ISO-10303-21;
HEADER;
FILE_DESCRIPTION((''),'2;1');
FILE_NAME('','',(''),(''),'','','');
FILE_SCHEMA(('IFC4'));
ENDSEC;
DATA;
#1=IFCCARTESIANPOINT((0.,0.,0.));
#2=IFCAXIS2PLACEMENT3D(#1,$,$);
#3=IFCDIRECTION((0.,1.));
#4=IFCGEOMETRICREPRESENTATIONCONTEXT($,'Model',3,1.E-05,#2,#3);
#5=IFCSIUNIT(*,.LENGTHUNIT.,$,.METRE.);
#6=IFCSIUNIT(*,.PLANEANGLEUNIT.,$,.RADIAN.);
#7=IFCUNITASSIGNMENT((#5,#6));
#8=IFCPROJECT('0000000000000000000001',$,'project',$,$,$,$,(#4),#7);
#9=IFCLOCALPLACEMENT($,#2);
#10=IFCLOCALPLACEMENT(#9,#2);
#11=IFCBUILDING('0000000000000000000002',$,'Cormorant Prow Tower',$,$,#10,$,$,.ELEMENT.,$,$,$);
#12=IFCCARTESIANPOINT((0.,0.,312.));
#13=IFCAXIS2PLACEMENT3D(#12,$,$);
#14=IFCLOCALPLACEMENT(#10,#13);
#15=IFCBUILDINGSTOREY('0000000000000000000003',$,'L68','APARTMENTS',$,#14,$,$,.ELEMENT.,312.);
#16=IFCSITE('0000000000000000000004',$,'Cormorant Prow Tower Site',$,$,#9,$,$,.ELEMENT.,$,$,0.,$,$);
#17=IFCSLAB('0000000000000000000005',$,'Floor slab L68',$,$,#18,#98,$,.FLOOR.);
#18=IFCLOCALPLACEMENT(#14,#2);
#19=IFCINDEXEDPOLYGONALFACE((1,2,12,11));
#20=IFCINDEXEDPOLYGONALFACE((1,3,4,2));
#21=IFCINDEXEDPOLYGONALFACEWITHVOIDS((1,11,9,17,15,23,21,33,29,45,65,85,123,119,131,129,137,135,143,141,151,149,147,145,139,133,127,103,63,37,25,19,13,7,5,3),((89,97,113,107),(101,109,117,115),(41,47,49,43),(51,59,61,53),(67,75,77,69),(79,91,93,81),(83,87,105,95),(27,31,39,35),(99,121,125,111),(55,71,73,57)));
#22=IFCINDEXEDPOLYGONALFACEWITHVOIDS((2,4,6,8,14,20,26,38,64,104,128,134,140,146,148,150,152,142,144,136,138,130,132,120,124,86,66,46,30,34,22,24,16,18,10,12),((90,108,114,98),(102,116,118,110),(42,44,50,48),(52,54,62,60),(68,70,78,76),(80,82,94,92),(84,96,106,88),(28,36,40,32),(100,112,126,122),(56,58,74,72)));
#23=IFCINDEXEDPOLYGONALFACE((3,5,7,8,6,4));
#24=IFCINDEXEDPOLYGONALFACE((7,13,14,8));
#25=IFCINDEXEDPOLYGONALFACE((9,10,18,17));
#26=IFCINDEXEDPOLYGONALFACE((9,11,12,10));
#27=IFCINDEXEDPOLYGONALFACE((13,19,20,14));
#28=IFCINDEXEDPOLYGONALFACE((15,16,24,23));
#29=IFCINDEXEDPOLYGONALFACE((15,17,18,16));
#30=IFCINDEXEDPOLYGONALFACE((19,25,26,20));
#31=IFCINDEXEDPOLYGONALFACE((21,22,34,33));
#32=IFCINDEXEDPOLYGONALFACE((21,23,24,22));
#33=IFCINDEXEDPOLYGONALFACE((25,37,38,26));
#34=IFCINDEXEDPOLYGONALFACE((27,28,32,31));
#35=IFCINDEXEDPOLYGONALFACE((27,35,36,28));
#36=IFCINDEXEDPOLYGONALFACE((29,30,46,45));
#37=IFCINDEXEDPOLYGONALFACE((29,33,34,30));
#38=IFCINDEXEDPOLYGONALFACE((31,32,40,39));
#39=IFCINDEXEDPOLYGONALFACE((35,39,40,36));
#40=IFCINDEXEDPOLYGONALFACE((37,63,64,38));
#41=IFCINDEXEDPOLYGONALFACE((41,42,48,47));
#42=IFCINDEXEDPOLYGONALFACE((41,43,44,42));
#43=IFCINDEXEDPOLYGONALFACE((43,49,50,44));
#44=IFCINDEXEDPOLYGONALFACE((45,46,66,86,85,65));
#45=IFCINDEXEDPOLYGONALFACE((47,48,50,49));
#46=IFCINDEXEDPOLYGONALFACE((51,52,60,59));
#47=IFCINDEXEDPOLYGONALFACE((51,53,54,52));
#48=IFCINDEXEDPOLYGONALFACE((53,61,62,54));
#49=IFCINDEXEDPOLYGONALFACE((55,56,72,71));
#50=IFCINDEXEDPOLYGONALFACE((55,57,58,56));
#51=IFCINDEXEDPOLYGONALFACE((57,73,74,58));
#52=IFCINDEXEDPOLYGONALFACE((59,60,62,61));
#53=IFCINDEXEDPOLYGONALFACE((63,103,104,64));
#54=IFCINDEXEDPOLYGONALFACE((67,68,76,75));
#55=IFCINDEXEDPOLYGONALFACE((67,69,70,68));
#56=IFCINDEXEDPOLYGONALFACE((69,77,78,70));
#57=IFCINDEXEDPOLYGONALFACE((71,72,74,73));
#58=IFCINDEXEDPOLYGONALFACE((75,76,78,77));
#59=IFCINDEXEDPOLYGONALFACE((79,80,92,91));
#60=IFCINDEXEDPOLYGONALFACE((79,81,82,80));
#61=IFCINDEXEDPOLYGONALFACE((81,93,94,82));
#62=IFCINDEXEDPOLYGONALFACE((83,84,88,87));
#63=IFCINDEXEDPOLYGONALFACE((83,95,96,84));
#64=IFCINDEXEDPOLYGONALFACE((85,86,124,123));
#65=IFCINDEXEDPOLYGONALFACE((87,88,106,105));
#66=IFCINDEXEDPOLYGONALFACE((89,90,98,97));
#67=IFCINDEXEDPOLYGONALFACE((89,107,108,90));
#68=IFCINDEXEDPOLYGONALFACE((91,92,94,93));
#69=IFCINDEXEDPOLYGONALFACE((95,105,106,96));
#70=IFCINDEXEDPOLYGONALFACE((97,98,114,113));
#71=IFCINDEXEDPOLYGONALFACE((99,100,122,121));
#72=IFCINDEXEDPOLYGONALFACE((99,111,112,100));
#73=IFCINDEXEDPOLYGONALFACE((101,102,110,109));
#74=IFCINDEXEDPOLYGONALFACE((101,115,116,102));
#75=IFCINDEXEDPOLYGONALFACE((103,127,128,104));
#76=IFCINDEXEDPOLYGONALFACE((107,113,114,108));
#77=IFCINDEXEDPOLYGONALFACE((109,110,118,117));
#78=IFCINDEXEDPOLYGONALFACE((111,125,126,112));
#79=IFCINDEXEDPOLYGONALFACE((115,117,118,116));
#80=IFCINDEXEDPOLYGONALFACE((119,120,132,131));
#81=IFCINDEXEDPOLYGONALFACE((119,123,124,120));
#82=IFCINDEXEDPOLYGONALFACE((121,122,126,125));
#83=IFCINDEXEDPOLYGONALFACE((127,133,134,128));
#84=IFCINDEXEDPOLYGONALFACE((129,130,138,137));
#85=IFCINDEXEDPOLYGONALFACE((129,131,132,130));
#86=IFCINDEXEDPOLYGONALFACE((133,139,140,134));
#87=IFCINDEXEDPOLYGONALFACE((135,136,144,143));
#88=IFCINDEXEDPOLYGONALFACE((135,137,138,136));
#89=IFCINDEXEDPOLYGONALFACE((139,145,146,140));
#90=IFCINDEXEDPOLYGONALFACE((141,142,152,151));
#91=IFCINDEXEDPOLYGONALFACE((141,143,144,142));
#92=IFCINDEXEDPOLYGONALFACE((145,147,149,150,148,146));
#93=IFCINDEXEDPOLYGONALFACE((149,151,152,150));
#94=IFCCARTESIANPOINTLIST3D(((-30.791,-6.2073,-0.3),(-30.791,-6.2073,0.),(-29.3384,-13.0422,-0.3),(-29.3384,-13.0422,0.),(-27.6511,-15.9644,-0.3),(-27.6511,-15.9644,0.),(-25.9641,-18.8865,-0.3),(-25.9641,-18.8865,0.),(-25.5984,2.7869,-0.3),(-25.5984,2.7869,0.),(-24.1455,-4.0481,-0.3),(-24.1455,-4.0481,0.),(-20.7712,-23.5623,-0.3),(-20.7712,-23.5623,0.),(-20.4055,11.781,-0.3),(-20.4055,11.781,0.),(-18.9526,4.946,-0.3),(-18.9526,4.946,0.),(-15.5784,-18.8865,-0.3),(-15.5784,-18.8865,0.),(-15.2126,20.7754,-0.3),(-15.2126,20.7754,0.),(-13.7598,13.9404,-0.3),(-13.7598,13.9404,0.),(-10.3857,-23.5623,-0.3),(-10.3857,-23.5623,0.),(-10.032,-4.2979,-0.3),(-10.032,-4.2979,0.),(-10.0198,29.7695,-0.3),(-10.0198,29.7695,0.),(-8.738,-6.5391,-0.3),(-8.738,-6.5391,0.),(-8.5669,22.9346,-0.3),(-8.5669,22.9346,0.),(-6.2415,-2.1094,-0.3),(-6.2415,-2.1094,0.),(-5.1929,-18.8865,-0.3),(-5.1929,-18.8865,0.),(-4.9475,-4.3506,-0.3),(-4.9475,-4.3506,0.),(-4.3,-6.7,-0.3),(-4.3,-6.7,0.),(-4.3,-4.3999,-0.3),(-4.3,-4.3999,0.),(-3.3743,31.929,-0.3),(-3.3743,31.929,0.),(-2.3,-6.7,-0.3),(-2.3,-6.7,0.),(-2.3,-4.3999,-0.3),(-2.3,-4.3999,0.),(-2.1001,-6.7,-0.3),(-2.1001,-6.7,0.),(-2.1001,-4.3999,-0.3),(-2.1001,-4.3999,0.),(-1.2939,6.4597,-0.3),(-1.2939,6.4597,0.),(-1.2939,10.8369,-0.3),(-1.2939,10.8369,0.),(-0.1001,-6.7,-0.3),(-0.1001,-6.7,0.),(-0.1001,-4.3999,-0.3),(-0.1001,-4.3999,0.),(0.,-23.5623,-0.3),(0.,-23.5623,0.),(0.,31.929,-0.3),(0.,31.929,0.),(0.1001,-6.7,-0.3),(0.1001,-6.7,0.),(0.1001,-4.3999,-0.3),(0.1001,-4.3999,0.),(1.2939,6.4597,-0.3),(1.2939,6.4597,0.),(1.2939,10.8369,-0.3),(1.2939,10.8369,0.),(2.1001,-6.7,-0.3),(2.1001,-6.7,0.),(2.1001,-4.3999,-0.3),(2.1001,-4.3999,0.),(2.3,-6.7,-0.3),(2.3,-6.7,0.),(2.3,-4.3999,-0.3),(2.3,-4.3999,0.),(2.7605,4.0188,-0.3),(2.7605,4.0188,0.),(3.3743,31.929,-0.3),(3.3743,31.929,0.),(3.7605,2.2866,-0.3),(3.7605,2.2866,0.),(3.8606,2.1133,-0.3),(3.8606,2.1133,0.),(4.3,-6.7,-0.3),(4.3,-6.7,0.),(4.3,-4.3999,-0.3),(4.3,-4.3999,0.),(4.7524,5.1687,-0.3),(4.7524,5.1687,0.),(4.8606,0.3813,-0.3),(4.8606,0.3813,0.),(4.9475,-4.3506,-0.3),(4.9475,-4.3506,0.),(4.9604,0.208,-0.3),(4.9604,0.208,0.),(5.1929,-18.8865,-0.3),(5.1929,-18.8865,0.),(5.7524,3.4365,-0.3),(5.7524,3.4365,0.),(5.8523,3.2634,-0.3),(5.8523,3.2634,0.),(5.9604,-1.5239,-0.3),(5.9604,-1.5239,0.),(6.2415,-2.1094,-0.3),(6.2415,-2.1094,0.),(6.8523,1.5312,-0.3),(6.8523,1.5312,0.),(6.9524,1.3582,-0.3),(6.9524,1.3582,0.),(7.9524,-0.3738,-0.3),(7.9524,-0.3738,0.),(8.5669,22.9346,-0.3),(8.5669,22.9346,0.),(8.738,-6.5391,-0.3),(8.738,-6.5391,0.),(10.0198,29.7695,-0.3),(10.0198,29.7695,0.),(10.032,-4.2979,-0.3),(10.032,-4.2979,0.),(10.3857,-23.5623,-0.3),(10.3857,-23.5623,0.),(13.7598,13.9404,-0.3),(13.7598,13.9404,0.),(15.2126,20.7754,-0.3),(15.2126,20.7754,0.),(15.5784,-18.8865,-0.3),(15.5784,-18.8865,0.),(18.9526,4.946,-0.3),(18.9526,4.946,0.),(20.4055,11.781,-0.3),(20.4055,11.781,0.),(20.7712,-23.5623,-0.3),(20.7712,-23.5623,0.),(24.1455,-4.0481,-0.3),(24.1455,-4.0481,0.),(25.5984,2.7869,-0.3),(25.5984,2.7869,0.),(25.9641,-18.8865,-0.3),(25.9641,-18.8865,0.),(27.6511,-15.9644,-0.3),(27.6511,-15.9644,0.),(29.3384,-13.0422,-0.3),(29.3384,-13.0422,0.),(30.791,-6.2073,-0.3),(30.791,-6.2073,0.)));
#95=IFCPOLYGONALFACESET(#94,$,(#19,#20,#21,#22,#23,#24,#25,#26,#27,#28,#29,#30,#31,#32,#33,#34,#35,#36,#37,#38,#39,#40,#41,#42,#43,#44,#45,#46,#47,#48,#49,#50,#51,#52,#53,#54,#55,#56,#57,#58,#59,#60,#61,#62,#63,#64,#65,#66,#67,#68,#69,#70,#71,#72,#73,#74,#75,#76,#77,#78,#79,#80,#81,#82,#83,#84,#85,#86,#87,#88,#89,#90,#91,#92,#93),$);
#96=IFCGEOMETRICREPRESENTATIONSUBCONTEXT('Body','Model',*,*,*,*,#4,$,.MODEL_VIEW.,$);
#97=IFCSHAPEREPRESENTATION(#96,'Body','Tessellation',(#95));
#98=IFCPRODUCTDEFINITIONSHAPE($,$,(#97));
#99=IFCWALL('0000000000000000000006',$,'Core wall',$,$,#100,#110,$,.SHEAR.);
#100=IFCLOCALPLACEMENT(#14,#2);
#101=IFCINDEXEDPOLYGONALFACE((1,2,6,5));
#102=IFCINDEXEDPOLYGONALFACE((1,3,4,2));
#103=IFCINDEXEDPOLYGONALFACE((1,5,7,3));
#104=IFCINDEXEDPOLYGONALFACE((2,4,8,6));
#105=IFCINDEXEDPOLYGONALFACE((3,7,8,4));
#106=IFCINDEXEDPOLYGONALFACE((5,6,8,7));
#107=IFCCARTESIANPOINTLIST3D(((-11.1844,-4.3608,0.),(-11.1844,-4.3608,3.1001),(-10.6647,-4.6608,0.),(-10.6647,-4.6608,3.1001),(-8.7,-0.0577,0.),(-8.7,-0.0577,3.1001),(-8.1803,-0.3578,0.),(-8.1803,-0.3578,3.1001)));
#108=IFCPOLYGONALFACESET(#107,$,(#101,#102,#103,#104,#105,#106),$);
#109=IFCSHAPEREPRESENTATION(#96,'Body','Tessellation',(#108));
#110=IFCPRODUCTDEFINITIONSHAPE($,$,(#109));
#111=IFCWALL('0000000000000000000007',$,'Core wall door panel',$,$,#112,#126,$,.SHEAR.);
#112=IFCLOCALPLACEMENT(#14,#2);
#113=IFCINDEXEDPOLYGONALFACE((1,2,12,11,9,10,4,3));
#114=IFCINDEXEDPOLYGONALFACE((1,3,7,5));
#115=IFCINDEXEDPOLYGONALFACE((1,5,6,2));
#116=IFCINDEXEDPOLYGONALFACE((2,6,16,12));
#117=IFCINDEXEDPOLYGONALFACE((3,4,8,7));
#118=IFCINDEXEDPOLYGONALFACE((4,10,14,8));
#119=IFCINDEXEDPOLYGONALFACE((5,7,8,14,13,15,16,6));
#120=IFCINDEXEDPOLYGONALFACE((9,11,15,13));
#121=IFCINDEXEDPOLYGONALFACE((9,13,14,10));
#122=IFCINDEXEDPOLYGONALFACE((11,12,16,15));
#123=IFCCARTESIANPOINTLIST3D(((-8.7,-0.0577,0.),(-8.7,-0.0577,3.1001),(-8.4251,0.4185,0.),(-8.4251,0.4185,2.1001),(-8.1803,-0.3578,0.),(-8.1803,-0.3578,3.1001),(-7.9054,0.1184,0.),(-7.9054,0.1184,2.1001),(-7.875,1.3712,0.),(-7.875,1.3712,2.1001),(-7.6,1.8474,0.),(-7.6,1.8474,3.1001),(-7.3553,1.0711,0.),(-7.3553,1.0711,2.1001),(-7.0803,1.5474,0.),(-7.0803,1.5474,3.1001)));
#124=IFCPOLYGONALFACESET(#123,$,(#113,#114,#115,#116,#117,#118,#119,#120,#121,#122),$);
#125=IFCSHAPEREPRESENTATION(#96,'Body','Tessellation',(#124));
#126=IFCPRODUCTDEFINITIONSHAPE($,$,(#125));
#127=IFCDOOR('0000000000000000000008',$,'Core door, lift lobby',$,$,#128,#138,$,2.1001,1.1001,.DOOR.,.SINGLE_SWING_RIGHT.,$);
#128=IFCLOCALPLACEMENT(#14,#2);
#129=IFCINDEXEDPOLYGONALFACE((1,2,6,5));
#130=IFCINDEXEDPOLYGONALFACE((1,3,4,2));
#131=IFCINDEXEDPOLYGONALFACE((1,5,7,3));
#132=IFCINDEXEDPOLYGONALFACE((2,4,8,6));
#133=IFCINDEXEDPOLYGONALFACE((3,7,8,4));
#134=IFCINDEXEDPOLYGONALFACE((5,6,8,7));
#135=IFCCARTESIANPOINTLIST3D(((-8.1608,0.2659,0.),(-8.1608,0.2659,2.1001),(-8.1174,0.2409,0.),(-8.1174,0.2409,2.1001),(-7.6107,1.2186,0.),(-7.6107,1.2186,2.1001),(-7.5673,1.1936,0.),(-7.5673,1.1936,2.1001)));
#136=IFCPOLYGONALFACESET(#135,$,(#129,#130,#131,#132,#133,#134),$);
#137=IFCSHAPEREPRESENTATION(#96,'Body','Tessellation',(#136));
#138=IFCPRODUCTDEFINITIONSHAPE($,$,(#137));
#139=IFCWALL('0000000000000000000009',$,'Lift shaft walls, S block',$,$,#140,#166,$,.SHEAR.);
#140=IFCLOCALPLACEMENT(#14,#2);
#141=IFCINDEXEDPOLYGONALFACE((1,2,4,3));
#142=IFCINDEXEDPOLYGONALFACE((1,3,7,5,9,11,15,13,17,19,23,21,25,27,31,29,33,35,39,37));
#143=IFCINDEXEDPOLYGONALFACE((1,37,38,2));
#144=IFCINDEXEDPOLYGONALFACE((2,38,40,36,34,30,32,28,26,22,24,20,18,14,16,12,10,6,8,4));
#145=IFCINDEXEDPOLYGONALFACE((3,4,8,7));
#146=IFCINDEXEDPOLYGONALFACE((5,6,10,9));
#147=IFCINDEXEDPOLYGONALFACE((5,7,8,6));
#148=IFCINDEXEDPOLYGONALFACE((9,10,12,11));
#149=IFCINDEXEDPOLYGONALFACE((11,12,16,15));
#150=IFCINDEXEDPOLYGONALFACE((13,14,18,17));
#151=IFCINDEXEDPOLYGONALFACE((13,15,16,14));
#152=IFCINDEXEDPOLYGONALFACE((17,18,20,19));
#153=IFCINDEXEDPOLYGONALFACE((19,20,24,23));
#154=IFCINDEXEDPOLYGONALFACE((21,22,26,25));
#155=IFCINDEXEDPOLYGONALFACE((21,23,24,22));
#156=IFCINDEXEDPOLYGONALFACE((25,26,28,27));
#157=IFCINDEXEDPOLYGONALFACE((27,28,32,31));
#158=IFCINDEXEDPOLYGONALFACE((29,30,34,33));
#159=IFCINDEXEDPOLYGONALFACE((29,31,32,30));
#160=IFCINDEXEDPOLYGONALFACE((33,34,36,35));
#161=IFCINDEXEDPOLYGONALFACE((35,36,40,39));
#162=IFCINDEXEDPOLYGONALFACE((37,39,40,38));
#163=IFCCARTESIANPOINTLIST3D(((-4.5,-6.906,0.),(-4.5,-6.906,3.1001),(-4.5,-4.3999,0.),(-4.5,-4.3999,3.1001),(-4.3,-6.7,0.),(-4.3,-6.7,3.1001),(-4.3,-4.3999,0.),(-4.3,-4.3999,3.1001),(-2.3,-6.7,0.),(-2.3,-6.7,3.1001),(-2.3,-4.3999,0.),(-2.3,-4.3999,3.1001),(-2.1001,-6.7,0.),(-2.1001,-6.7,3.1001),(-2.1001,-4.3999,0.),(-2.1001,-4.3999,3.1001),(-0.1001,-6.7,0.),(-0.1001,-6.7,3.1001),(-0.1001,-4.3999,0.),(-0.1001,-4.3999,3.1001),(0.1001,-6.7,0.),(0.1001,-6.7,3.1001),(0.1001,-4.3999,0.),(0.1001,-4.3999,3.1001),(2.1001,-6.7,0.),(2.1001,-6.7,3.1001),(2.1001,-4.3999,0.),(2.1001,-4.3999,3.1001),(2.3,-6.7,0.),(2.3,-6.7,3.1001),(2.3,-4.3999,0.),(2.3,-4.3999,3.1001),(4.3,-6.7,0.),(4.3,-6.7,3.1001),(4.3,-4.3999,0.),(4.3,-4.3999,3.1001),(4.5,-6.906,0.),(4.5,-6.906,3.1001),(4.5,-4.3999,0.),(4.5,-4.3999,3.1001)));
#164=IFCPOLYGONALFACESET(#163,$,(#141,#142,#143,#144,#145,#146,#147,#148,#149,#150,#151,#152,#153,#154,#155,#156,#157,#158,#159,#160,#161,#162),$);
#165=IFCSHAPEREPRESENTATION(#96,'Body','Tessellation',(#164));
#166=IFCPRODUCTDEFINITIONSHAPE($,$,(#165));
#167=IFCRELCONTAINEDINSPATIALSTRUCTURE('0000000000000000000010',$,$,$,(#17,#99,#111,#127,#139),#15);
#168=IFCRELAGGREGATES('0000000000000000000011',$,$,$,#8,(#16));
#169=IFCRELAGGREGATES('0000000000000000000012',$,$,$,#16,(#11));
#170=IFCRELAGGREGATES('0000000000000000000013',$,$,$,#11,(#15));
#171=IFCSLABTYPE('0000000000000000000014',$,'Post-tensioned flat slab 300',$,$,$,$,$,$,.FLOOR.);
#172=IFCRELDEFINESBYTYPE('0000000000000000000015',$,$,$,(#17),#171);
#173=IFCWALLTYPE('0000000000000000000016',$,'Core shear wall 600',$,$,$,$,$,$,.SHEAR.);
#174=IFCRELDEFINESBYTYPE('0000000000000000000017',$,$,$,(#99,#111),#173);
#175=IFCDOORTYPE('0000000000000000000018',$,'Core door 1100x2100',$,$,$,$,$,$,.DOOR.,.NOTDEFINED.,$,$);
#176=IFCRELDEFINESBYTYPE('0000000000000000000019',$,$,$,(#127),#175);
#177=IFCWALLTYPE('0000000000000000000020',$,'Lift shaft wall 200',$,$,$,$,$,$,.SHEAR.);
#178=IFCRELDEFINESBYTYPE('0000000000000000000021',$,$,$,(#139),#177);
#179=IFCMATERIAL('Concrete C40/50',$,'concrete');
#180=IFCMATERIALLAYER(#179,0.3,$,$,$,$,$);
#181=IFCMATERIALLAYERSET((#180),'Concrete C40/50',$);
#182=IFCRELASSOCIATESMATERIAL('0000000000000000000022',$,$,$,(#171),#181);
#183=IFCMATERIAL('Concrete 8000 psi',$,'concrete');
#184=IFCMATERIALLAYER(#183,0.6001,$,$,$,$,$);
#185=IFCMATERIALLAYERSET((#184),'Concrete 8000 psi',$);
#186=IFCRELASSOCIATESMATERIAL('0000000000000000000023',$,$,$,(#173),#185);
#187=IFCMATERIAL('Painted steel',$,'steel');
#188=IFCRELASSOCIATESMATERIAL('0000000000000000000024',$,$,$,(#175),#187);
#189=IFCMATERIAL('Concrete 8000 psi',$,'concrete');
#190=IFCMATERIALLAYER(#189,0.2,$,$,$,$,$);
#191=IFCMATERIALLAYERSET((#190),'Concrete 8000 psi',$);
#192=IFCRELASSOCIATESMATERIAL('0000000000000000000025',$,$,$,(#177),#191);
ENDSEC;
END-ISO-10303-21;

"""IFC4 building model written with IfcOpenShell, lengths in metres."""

from ifc_helpers import new_model, si_unit, direction, frame, frame_2d, origin, place, context, subcontext, project, spatial, polyline, rectangle, outline, extrude, material, layer, layer_set, type_object, element, fill, save


model = new_model("IFC4")

# Units and contexts
model_context = context("Model", 3, precision=1e-05, world=origin(), true_north=direction((0.0, 1.0)))
body_context = subcontext(model_context, "Body", "Model", "MODEL_VIEW")
ifc_project = project(units=[si_unit("LENGTHUNIT", "METRE"), si_unit("PLANEANGLEUNIT", "RADIAN")], contexts=[model_context])

# Site, building, storey
site_placement = place(None, origin())
site = spatial("IfcSite", under=ifc_project, at=site_placement, Name="Cormorant Prow Tower Site", CompositionType="ELEMENT", RefElevation=0.0)
building_placement = place(site_placement, origin())
building = spatial("IfcBuilding", under=site, at=building_placement, Name="Cormorant Prow Tower", CompositionType="ELEMENT")
storey_placement = place(building_placement, frame((0.0, 0.0, 312.0)))
storey = spatial("IfcBuildingStorey", under=building, at=storey_placement, Name="L68", Description="APARTMENTS", CompositionType="ELEMENT", Elevation=312.0)

# Slab
ifc_material_1 = material(Name="Concrete C40/50", Category="concrete")
ifc_layer_1 = layer(ifc_material_1, 0.3)
ifc_layer_set_1 = layer_set([ifc_layer_1], Name="Concrete C40/50")
slab_type_1 = type_object("IfcSlabType", Name="Post-tensioned flat slab 300", PredefinedType="FLOOR", material=ifc_layer_set_1)
slab_1_placement = place(storey_placement, frame((0.0, 0.0, -0.3)))
element("IfcSlab", 1, at=slab_1_placement, inside=storey, type_object=slab_type_1, Name="Floor slab L68", PredefinedType="FLOOR", context=body_context, shape_type="SweptSolid", body=[
    extrude(outline(polyline([(-8.5669, 22.9346), (-15.2126, 20.7754), (-13.7598, 13.9404), (-20.4055, 11.781), (-18.9526, 4.946), (-25.5984, 2.7869), (-24.1455, -4.0481), (-30.791, -6.2073), (-29.3384, -13.0422), (-27.6511, -15.9644), (-25.9641, -18.8865), (-20.7712, -23.5623), (-15.5784, -18.8865), (-10.3857, -23.5623), (-5.1929, -18.8865), (0.0, -23.5623), (5.1929, -18.8865), (10.3857, -23.5623), (15.5784, -18.8865), (20.7712, -23.5623), (25.9641, -18.8865), (27.6511, -15.9644), (29.3384, -13.0422), (30.791, -6.2073), (24.1455, -4.0481), (25.5984, 2.7869), (18.9526, 4.946), (20.4055, 11.781), (13.7598, 13.9404), (15.2126, 20.7754), (8.5669, 22.9346), (10.0198, 29.7695), (3.3743, 31.929), (0.0, 31.929), (-3.3743, 31.929), (-10.0198, 29.7695), (-8.5669, 22.9346)]), holes=[polyline([(-4.3, -4.3999), (-2.3, -4.3999), (-2.3, -6.7), (-4.3, -6.7), (-4.3, -4.3999)]), polyline([(-0.1001, -4.3999), (-0.1001, -6.7), (-2.1001, -6.7), (-2.1001, -4.3999), (-0.1001, -4.3999)]), polyline([(2.1001, -6.7), (0.1001, -6.7), (0.1001, -4.3999), (2.1001, -4.3999), (2.1001, -6.7)]), polyline([(2.3, -6.7), (2.3, -4.3999), (4.3, -4.3999), (4.3, -6.7), (2.3, -6.7)]), polyline([(5.9604, -1.5239), (4.9604, 0.208), (6.9524, 1.3582), (7.9524, -0.3738), (5.9604, -1.5239)]), polyline([(3.8606, 2.1133), (5.8523, 3.2634), (6.8523, 1.5312), (4.8606, 0.3813), (3.8606, 2.1133)]), polyline([(4.7524, 5.1687), (5.7524, 3.4365), (3.7605, 2.2866), (2.7605, 4.0188), (4.7524, 5.1687)]), polyline([(-4.9475, -4.3506), (-8.738, -6.5391), (-10.032, -4.2979), (-6.2415, -2.1094), (-4.9475, -4.3506)]), polyline([(10.032, -4.2979), (8.738, -6.5391), (4.9475, -4.3506), (6.2415, -2.1094), (10.032, -4.2979)]), polyline([(1.2939, 10.8369), (1.2939, 6.4597), (-1.2939, 6.4597), (-1.2939, 10.8369), (1.2939, 10.8369)])]), origin(), (0.0, 0.0, 1.0), 0.3),
])

# Wall
ifc_material_2 = material(Name="Concrete 8000 psi", Category="concrete")
ifc_layer_2 = layer(ifc_material_2, 0.6001)
ifc_layer_set_2 = layer_set([ifc_layer_2], Name="Concrete 8000 psi")
wall_type_1 = type_object("IfcWallType", Name="Core shear wall 600", PredefinedType="SHEAR", material=ifc_layer_set_2)
wall_1_placement = place(storey_placement, frame((-8.4402, -0.2078, 0.0), z_axis=(0.0, 0.0, 1.0), x_axis=(-0.500007, -0.866021, 0.0)))
element("IfcWall", 2, at=wall_1_placement, inside=storey, type_object=wall_type_1, Name="Core wall", PredefinedType="SHEAR", context=body_context, shape_type="SweptSolid", body=[
    extrude(rectangle(XDim=4.9688, YDim=0.6001, at=frame_2d((2.4844, 0.0))), origin(), (0.0, 0.0, 1.0), 3.1001),
])

# Wall, opening, door
wall_2_placement = place(storey_placement, frame((-7.3401, 1.6975, 0.0), z_axis=(0.0, 0.0, 1.0), x_axis=(-0.50003, -0.866008, 0.0)))
wall_2 = element("IfcWall", 3, at=wall_2_placement, inside=storey, type_object=wall_type_1, Name="Core wall door panel", PredefinedType="SHEAR", context=body_context, shape_type="SweptSolid", body=[
    extrude(rectangle(XDim=2.2, YDim=0.6001, at=frame_2d((1.1001, 0.0))), origin(), (0.0, 0.0, 1.0), 3.1001),
])
opening_1_placement = place(wall_2_placement, frame((0.55, 0.0, 0.0)))
opening_1 = element("IfcOpeningElement", 4, at=opening_1_placement, cuts=wall_2, PredefinedType="OPENING", context=body_context, shape_type="SweptSolid", body=[
    extrude(rectangle(XDim=1.1001, YDim=2.1001, at=frame_2d((0.55, 1.05))), frame((0.0, 0.3101, 0.0), z_axis=(0.0, -1.0, 0.0), x_axis=(1.0, 0.0, 0.0)), (0.0, 0.0, 1.0), 0.6201),
])
ifc_material_3 = material(Name="Painted steel", Category="steel")
door_type_1 = type_object("IfcDoorType", Name="Core door 1100x2100", OperationType="NOTDEFINED", PredefinedType="DOOR", material=ifc_material_3)
door_1_placement = place(opening_1_placement, origin())
door_1 = element("IfcDoor", 5, at=door_1_placement, inside=storey, type_object=door_type_1, Name="Core door, lift lobby", OperationType="SINGLE_SWING_RIGHT", OverallHeight=2.1001, OverallWidth=1.1001, PredefinedType="DOOR", context=body_context, shape_type="SweptSolid", body=[
    extrude(rectangle(XDim=1.1001, YDim=2.1001, at=frame_2d((0.55, 1.05))), frame((0.0, 0.0552, 0.0), z_axis=(0.0, -1.0, 0.0), x_axis=(1.0, 0.0, 0.0)), (0.0, 0.0, 1.0), 0.05),
])
fill(opening_1, door_1)

# Wall
ifc_material_4 = material(Name="Concrete 8000 psi", Category="concrete")
ifc_layer_3 = layer(ifc_material_4, 0.2)
ifc_layer_set_3 = layer_set([ifc_layer_3], Name="Concrete 8000 psi")
wall_type_2 = type_object("IfcWallType", Name="Lift shaft wall 200", PredefinedType="SHEAR", material=ifc_layer_set_3)
wall_3_placement = place(storey_placement, origin())
element("IfcWall", 6, at=wall_3_placement, inside=storey, type_object=wall_type_2, Name="Lift shaft walls, S block", PredefinedType="SHEAR", context=body_context, shape_type="SweptSolid", body=[
    extrude(outline(polyline([(4.5, -4.3999), (4.5, -6.906), (-4.5, -6.906), (-4.5, -4.3999), (-4.3, -4.3999), (-4.3, -6.7), (-2.3, -6.7), (-2.3, -4.3999), (-2.1001, -4.3999), (-2.1001, -6.7), (-0.1001, -6.7), (-0.1001, -4.3999), (0.1001, -4.3999), (0.1001, -6.7), (2.1001, -6.7), (2.1001, -4.3999), (2.3, -4.3999), (2.3, -6.7), (4.3, -6.7), (4.3, -4.3999), (4.5, -4.3999)])), origin(), (0.0, 0.0, 1.0), 3.1001),
])

save(model, "model.ifc")
